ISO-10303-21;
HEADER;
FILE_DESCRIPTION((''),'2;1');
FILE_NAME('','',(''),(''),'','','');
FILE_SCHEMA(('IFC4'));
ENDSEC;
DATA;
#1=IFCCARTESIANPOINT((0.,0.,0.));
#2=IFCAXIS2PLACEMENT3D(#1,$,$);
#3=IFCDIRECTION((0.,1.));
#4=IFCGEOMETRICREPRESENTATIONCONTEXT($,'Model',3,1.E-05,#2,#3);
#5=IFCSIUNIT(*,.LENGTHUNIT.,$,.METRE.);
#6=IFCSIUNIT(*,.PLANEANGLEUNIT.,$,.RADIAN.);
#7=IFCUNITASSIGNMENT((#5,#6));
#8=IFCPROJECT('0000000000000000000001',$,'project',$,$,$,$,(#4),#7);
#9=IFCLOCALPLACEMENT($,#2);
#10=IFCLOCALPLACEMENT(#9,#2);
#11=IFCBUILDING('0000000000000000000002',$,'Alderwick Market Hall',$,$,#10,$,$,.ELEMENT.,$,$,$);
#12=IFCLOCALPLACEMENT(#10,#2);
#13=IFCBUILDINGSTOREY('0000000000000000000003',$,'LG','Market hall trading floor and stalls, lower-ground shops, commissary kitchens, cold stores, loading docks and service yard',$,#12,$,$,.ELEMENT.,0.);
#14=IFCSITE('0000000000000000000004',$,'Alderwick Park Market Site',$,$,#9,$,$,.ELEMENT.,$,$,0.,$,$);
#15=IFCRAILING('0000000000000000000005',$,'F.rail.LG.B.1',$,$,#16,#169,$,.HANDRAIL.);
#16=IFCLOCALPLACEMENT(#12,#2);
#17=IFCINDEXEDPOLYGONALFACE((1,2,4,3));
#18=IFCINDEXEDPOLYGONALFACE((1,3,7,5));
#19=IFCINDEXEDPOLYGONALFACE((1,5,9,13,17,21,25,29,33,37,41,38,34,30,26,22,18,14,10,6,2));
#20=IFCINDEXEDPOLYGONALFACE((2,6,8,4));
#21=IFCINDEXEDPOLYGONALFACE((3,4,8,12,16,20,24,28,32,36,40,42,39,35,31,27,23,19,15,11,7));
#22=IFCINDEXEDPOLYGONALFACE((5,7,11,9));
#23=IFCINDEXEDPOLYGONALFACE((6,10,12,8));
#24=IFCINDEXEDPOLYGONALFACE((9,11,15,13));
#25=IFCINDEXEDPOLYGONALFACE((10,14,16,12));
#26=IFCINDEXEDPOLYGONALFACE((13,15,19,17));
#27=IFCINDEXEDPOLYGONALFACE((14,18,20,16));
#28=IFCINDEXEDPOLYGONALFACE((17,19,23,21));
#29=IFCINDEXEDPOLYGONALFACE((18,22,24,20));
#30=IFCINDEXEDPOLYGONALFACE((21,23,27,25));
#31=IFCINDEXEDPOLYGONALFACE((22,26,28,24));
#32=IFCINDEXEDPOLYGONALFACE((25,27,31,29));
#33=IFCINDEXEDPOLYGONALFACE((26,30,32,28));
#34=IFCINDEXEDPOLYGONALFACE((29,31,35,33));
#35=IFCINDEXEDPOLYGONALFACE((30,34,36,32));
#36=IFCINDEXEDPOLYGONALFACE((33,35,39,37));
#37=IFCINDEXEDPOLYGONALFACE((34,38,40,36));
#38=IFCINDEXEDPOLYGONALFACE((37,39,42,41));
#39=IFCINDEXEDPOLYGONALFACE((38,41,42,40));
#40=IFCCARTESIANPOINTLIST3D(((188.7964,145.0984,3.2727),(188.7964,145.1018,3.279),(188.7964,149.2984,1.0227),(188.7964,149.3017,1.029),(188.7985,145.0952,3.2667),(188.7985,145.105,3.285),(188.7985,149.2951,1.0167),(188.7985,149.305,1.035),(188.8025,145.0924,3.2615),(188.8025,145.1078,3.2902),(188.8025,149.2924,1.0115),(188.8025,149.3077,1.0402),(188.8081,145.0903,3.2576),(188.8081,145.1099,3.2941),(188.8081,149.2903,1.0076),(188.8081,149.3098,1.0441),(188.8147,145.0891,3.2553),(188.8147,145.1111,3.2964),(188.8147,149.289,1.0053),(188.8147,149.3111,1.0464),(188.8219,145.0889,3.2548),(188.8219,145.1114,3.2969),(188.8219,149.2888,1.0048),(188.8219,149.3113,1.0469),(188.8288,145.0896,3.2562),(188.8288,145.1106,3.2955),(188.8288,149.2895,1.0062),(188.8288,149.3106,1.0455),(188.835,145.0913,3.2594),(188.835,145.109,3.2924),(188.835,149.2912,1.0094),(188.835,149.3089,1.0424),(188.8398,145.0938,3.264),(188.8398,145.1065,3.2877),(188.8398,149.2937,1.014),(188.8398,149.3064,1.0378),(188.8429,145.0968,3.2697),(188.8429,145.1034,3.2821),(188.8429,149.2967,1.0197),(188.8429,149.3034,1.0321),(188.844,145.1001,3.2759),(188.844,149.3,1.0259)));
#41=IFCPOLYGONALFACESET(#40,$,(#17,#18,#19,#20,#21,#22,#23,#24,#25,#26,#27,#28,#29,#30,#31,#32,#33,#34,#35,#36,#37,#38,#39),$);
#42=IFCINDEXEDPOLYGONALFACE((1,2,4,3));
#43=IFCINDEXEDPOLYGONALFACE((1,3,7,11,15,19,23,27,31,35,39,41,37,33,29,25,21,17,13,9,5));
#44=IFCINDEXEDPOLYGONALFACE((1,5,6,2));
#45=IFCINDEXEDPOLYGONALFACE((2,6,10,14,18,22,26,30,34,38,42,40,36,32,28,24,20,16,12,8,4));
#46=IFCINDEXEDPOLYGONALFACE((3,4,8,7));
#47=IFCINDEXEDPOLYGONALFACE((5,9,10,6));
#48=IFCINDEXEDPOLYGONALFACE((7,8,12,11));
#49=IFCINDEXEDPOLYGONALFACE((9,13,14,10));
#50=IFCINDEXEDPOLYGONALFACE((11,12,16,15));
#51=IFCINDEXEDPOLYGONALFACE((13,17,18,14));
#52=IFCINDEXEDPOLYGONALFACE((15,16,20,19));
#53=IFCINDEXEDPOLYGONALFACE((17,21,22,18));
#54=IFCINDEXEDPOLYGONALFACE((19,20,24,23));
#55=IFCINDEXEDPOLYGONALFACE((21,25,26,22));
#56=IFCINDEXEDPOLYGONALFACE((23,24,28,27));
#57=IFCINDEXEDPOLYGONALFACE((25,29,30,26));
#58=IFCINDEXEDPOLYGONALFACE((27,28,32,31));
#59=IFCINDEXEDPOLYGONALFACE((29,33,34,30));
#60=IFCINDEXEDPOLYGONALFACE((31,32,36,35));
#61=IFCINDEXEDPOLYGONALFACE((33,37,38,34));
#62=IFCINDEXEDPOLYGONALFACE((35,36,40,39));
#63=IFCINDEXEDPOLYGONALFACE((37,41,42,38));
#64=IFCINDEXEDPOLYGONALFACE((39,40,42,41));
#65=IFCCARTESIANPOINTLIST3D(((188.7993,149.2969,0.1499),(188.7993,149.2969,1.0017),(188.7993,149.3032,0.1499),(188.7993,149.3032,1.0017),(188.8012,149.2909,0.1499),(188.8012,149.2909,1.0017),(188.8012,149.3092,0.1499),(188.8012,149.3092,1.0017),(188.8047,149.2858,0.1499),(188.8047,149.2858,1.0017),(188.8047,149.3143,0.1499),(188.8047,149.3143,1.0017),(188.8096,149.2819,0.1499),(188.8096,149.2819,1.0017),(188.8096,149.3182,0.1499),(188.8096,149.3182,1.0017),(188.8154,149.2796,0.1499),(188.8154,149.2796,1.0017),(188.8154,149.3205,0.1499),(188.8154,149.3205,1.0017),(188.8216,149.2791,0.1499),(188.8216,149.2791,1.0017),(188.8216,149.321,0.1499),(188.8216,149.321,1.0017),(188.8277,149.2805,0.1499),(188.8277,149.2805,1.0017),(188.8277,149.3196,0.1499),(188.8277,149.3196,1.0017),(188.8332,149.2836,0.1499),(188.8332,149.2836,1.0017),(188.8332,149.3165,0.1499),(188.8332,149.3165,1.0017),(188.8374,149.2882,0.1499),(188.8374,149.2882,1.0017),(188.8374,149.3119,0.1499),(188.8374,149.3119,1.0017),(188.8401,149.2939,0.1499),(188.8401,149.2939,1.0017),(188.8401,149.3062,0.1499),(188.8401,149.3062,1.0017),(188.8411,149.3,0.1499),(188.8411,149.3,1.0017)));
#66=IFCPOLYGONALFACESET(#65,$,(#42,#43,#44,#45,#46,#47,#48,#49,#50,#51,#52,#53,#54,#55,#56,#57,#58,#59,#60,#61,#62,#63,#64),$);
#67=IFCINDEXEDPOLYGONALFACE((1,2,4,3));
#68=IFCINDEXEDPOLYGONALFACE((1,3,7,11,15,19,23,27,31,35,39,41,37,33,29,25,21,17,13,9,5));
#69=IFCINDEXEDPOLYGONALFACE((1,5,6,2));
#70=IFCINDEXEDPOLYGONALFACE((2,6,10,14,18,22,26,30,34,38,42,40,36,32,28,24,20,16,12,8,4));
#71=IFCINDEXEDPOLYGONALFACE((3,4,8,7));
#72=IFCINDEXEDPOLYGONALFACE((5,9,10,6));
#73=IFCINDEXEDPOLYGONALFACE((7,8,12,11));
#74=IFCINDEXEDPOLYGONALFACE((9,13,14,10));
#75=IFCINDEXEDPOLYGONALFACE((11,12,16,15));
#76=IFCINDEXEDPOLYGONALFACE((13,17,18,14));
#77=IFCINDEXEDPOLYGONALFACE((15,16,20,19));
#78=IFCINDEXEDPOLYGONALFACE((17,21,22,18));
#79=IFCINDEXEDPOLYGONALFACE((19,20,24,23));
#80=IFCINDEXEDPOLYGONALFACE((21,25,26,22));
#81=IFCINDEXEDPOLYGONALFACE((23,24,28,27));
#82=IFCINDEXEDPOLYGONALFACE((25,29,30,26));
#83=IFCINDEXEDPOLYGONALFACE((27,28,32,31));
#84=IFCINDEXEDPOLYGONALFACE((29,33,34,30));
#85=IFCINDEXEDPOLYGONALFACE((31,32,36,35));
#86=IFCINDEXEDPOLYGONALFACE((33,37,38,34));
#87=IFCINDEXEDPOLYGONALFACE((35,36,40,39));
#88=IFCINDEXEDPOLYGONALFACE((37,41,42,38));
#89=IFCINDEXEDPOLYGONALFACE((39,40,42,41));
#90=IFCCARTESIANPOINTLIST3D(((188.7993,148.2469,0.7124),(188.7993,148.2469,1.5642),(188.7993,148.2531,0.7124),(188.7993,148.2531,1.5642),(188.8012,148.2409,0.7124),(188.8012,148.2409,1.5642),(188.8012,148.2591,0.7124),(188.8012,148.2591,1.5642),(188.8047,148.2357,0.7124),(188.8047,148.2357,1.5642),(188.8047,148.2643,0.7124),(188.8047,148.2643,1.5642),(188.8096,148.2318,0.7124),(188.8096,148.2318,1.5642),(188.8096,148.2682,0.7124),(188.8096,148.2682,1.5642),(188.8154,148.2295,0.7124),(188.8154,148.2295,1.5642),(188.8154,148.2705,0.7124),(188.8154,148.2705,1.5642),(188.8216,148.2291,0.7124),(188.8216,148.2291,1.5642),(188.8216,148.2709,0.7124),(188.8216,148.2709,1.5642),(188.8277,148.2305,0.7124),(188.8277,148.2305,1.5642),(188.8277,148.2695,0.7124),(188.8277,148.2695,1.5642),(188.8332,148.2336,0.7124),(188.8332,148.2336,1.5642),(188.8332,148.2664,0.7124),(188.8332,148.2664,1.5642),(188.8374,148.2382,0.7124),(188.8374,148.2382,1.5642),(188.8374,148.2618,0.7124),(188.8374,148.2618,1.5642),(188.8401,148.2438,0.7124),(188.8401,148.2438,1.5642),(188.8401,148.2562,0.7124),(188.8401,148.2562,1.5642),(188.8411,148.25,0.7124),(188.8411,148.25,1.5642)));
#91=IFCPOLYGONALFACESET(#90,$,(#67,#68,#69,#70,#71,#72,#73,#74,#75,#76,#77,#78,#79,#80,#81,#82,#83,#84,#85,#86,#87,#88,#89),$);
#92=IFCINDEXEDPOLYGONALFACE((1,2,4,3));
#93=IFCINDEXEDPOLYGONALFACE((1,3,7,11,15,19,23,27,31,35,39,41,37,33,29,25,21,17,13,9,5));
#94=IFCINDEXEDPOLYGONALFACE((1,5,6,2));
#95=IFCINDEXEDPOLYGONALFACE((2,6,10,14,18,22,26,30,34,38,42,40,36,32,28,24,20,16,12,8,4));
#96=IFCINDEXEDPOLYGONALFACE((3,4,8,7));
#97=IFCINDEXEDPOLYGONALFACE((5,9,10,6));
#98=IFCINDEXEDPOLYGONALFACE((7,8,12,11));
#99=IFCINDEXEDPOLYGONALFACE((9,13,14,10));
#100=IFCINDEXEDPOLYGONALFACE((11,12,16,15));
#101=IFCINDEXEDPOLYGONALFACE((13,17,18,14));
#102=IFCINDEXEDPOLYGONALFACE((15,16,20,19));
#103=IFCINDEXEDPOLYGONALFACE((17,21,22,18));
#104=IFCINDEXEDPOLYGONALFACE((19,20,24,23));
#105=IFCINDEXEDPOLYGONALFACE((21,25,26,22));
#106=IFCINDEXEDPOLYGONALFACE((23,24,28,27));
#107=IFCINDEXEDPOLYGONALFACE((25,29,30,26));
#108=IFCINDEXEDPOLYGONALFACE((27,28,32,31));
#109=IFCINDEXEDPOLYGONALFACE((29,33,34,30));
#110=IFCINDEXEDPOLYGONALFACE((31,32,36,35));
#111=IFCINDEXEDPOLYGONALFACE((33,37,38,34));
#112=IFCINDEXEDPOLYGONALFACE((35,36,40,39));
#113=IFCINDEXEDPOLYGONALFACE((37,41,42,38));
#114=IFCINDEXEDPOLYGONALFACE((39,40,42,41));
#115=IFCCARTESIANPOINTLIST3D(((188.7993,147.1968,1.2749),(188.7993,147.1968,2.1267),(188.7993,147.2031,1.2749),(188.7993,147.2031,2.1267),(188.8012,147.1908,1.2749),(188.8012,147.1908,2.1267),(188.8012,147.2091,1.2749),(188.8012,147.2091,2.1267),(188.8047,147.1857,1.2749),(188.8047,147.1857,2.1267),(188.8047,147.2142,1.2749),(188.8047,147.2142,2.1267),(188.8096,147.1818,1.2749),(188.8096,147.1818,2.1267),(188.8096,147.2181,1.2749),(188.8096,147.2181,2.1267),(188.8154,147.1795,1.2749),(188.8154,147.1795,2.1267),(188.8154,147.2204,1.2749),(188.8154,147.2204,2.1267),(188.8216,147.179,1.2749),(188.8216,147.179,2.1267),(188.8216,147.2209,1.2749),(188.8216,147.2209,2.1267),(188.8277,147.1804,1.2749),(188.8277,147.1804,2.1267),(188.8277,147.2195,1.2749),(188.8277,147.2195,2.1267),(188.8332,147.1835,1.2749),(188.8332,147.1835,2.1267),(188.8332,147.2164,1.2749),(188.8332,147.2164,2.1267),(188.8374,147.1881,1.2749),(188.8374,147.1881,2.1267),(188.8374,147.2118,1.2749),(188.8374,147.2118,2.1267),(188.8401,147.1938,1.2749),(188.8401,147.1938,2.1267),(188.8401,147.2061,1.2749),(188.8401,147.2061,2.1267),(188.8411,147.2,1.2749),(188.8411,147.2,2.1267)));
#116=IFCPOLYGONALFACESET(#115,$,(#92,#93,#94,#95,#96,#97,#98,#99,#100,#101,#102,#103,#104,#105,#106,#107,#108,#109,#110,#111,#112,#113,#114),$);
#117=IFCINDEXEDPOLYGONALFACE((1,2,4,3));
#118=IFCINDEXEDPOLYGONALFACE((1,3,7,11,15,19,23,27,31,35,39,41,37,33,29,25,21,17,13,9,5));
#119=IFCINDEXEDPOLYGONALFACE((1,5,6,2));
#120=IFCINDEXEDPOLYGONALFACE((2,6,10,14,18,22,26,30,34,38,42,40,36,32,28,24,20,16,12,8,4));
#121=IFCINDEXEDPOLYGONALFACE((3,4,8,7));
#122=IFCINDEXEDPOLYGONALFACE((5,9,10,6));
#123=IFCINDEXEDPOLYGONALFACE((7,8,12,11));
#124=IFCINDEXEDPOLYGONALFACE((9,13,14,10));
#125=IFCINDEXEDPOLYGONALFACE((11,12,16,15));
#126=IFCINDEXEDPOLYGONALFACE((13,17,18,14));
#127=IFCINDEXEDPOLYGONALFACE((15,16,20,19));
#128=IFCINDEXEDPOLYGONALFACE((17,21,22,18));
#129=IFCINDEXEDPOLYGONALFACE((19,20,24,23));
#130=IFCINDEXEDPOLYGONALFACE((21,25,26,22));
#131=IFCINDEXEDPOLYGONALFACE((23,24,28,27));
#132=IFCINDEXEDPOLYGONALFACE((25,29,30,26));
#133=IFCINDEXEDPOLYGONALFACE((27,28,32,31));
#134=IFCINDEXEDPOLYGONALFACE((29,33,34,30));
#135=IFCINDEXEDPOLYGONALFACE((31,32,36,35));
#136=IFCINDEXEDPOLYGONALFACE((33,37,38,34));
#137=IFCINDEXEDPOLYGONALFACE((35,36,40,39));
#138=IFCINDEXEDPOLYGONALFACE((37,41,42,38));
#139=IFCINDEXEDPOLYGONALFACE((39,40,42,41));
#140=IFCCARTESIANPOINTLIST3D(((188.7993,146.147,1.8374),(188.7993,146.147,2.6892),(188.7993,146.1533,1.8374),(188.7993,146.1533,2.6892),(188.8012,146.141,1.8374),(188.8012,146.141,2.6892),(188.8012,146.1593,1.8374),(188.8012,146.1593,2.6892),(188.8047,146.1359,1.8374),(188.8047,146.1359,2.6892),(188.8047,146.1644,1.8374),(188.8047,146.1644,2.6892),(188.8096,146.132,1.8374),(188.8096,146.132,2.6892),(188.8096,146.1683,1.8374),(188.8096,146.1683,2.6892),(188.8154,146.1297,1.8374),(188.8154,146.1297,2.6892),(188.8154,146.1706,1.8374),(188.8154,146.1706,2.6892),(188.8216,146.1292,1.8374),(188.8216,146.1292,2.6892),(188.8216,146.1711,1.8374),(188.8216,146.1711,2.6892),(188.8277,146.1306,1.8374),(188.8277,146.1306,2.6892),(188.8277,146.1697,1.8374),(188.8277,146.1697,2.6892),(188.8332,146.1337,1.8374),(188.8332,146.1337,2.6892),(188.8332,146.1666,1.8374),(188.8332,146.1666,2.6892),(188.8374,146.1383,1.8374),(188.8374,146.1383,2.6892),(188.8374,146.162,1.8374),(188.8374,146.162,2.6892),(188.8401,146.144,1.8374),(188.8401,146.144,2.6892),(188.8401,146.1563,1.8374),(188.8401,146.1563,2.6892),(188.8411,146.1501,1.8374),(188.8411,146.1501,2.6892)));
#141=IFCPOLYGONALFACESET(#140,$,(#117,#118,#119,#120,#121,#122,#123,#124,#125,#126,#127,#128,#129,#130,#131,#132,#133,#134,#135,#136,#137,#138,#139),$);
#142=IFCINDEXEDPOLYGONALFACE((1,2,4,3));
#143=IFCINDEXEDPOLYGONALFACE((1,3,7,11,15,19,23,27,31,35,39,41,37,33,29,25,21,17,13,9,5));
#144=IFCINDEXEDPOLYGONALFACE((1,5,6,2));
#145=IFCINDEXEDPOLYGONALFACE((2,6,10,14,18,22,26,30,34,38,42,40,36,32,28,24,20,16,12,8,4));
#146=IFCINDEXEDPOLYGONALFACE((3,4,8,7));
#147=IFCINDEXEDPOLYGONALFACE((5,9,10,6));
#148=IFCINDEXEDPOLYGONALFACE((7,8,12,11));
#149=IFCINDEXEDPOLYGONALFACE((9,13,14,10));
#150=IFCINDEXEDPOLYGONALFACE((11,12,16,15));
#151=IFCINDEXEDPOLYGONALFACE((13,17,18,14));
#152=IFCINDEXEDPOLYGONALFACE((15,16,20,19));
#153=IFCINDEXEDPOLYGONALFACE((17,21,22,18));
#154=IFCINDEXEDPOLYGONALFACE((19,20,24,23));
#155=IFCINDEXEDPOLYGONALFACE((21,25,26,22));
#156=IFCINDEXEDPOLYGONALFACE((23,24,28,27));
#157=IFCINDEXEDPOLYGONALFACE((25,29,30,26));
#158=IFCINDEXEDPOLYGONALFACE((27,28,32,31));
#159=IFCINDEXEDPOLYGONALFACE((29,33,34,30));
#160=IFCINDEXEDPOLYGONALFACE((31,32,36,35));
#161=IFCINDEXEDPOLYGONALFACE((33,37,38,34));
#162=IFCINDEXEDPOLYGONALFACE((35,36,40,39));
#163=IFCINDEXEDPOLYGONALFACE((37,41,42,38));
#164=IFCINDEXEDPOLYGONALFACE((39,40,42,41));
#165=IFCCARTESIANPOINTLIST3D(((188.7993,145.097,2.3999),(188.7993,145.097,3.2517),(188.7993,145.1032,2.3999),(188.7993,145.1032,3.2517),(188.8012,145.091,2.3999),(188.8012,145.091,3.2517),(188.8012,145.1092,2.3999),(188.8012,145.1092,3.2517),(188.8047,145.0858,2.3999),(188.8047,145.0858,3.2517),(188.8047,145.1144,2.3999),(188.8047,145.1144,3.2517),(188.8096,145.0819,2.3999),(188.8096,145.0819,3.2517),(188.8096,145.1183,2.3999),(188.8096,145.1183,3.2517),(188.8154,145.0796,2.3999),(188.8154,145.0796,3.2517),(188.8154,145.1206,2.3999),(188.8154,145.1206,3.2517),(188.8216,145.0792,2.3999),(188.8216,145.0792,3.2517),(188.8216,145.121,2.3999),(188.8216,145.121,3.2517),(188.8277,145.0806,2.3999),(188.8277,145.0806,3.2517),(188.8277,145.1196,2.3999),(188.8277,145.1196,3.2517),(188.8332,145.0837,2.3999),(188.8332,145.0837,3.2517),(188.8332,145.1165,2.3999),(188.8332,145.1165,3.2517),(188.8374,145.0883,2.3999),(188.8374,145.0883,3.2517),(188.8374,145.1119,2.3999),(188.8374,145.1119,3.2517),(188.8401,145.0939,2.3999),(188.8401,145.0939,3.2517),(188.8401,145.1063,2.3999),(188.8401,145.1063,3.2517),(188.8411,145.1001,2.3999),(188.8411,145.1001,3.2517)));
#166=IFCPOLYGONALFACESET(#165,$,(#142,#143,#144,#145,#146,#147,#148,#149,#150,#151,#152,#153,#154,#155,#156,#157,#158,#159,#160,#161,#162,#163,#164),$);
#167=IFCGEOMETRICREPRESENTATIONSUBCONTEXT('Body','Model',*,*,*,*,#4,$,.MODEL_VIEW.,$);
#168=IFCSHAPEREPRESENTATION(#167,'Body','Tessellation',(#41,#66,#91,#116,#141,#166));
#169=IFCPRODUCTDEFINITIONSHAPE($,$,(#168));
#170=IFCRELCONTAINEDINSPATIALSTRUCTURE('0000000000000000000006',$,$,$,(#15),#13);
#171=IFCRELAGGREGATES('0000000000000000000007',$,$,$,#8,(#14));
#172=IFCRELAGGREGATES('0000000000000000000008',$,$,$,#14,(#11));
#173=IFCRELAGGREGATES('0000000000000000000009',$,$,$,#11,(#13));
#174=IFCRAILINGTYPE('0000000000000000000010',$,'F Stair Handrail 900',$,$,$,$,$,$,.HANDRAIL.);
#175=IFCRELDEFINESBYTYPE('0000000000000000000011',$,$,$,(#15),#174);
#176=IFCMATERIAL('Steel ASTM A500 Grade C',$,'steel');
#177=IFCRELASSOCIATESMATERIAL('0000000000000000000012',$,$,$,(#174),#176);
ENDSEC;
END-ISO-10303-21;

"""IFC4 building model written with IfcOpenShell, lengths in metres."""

from ifc_helpers import new_model, si_unit, direction, frame, origin, origin_2d, place, context, subcontext, project, spatial, circle, extrude, material, type_object, element, save


model = new_model("IFC4")

# Units and contexts
model_context = context("Model", 3, precision=1e-05, world=origin(), true_north=direction((0.0, 1.0)))
body_context = subcontext(model_context, "Body", "Model", "MODEL_VIEW")
ifc_project = project(units=[si_unit("LENGTHUNIT", "METRE"), si_unit("PLANEANGLEUNIT", "RADIAN")], contexts=[model_context])

# Site, building, storey
site_placement = place(None, origin())
site = spatial("IfcSite", under=ifc_project, at=site_placement, Name="Alderwick Park Market Site", CompositionType="ELEMENT", RefElevation=0.0)
building_placement = place(site_placement, origin())
building = spatial("IfcBuilding", under=site, at=building_placement, Name="Alderwick Market Hall", CompositionType="ELEMENT")
storey_placement = place(building_placement, origin())
storey = spatial("IfcBuildingStorey", under=building, at=storey_placement, Name="LG", Description="Market hall trading floor and stalls, lower-ground shops, commissary kitchens, cold stores, loading docks and service yard", CompositionType="ELEMENT", Elevation=0.0)

# Railing
ifc_material_1 = material(Name="Steel ASTM A500 Grade C", Category="steel")
railing_type = type_object("IfcRailingType", Name="F Stair Handrail 900", PredefinedType="HANDRAIL", material=ifc_material_1)
for number, where, name in (
    (1, (188.8201, 149.3, 0.1499), "F.rail.LG.B.1"),
):
    element("IfcRailing", number, at=place(storey_placement, frame(where)), inside=storey, type_object=railing_type, Name=name, PredefinedType="HANDRAIL", context=body_context, shape_type="SweptSolid", body=[
        extrude(circle(Radius=0.0239, at=origin_2d()), frame((0.0, 0.0, 0.876), z_axis=(0.0, -0.881478, 0.472226), x_axis=(1.0, 0.0, 0.0)), (0.0, 0.0, 1.0), 4.7646),
        extrude(circle(Radius=0.021, at=origin_2d()), origin(), (0.0, 0.0, 1.0), 0.8518),
        extrude(circle(Radius=0.021, at=origin_2d()), frame((0.0, -1.05, 0.5625)), (0.0, 0.0, 1.0), 0.8518),
        extrude(circle(Radius=0.021, at=origin_2d()), frame((0.0, -2.1001, 1.125)), (0.0, 0.0, 1.0), 0.8518),
        extrude(circle(Radius=0.021, at=origin_2d()), frame((0.0, -3.1499, 1.6875)), (0.0, 0.0, 1.0), 0.8518),
        extrude(circle(Radius=0.021, at=origin_2d()), frame((0.0, -4.2, 2.25)), (0.0, 0.0, 1.0), 0.8518),
    ])

save(model, "model.ifc")
